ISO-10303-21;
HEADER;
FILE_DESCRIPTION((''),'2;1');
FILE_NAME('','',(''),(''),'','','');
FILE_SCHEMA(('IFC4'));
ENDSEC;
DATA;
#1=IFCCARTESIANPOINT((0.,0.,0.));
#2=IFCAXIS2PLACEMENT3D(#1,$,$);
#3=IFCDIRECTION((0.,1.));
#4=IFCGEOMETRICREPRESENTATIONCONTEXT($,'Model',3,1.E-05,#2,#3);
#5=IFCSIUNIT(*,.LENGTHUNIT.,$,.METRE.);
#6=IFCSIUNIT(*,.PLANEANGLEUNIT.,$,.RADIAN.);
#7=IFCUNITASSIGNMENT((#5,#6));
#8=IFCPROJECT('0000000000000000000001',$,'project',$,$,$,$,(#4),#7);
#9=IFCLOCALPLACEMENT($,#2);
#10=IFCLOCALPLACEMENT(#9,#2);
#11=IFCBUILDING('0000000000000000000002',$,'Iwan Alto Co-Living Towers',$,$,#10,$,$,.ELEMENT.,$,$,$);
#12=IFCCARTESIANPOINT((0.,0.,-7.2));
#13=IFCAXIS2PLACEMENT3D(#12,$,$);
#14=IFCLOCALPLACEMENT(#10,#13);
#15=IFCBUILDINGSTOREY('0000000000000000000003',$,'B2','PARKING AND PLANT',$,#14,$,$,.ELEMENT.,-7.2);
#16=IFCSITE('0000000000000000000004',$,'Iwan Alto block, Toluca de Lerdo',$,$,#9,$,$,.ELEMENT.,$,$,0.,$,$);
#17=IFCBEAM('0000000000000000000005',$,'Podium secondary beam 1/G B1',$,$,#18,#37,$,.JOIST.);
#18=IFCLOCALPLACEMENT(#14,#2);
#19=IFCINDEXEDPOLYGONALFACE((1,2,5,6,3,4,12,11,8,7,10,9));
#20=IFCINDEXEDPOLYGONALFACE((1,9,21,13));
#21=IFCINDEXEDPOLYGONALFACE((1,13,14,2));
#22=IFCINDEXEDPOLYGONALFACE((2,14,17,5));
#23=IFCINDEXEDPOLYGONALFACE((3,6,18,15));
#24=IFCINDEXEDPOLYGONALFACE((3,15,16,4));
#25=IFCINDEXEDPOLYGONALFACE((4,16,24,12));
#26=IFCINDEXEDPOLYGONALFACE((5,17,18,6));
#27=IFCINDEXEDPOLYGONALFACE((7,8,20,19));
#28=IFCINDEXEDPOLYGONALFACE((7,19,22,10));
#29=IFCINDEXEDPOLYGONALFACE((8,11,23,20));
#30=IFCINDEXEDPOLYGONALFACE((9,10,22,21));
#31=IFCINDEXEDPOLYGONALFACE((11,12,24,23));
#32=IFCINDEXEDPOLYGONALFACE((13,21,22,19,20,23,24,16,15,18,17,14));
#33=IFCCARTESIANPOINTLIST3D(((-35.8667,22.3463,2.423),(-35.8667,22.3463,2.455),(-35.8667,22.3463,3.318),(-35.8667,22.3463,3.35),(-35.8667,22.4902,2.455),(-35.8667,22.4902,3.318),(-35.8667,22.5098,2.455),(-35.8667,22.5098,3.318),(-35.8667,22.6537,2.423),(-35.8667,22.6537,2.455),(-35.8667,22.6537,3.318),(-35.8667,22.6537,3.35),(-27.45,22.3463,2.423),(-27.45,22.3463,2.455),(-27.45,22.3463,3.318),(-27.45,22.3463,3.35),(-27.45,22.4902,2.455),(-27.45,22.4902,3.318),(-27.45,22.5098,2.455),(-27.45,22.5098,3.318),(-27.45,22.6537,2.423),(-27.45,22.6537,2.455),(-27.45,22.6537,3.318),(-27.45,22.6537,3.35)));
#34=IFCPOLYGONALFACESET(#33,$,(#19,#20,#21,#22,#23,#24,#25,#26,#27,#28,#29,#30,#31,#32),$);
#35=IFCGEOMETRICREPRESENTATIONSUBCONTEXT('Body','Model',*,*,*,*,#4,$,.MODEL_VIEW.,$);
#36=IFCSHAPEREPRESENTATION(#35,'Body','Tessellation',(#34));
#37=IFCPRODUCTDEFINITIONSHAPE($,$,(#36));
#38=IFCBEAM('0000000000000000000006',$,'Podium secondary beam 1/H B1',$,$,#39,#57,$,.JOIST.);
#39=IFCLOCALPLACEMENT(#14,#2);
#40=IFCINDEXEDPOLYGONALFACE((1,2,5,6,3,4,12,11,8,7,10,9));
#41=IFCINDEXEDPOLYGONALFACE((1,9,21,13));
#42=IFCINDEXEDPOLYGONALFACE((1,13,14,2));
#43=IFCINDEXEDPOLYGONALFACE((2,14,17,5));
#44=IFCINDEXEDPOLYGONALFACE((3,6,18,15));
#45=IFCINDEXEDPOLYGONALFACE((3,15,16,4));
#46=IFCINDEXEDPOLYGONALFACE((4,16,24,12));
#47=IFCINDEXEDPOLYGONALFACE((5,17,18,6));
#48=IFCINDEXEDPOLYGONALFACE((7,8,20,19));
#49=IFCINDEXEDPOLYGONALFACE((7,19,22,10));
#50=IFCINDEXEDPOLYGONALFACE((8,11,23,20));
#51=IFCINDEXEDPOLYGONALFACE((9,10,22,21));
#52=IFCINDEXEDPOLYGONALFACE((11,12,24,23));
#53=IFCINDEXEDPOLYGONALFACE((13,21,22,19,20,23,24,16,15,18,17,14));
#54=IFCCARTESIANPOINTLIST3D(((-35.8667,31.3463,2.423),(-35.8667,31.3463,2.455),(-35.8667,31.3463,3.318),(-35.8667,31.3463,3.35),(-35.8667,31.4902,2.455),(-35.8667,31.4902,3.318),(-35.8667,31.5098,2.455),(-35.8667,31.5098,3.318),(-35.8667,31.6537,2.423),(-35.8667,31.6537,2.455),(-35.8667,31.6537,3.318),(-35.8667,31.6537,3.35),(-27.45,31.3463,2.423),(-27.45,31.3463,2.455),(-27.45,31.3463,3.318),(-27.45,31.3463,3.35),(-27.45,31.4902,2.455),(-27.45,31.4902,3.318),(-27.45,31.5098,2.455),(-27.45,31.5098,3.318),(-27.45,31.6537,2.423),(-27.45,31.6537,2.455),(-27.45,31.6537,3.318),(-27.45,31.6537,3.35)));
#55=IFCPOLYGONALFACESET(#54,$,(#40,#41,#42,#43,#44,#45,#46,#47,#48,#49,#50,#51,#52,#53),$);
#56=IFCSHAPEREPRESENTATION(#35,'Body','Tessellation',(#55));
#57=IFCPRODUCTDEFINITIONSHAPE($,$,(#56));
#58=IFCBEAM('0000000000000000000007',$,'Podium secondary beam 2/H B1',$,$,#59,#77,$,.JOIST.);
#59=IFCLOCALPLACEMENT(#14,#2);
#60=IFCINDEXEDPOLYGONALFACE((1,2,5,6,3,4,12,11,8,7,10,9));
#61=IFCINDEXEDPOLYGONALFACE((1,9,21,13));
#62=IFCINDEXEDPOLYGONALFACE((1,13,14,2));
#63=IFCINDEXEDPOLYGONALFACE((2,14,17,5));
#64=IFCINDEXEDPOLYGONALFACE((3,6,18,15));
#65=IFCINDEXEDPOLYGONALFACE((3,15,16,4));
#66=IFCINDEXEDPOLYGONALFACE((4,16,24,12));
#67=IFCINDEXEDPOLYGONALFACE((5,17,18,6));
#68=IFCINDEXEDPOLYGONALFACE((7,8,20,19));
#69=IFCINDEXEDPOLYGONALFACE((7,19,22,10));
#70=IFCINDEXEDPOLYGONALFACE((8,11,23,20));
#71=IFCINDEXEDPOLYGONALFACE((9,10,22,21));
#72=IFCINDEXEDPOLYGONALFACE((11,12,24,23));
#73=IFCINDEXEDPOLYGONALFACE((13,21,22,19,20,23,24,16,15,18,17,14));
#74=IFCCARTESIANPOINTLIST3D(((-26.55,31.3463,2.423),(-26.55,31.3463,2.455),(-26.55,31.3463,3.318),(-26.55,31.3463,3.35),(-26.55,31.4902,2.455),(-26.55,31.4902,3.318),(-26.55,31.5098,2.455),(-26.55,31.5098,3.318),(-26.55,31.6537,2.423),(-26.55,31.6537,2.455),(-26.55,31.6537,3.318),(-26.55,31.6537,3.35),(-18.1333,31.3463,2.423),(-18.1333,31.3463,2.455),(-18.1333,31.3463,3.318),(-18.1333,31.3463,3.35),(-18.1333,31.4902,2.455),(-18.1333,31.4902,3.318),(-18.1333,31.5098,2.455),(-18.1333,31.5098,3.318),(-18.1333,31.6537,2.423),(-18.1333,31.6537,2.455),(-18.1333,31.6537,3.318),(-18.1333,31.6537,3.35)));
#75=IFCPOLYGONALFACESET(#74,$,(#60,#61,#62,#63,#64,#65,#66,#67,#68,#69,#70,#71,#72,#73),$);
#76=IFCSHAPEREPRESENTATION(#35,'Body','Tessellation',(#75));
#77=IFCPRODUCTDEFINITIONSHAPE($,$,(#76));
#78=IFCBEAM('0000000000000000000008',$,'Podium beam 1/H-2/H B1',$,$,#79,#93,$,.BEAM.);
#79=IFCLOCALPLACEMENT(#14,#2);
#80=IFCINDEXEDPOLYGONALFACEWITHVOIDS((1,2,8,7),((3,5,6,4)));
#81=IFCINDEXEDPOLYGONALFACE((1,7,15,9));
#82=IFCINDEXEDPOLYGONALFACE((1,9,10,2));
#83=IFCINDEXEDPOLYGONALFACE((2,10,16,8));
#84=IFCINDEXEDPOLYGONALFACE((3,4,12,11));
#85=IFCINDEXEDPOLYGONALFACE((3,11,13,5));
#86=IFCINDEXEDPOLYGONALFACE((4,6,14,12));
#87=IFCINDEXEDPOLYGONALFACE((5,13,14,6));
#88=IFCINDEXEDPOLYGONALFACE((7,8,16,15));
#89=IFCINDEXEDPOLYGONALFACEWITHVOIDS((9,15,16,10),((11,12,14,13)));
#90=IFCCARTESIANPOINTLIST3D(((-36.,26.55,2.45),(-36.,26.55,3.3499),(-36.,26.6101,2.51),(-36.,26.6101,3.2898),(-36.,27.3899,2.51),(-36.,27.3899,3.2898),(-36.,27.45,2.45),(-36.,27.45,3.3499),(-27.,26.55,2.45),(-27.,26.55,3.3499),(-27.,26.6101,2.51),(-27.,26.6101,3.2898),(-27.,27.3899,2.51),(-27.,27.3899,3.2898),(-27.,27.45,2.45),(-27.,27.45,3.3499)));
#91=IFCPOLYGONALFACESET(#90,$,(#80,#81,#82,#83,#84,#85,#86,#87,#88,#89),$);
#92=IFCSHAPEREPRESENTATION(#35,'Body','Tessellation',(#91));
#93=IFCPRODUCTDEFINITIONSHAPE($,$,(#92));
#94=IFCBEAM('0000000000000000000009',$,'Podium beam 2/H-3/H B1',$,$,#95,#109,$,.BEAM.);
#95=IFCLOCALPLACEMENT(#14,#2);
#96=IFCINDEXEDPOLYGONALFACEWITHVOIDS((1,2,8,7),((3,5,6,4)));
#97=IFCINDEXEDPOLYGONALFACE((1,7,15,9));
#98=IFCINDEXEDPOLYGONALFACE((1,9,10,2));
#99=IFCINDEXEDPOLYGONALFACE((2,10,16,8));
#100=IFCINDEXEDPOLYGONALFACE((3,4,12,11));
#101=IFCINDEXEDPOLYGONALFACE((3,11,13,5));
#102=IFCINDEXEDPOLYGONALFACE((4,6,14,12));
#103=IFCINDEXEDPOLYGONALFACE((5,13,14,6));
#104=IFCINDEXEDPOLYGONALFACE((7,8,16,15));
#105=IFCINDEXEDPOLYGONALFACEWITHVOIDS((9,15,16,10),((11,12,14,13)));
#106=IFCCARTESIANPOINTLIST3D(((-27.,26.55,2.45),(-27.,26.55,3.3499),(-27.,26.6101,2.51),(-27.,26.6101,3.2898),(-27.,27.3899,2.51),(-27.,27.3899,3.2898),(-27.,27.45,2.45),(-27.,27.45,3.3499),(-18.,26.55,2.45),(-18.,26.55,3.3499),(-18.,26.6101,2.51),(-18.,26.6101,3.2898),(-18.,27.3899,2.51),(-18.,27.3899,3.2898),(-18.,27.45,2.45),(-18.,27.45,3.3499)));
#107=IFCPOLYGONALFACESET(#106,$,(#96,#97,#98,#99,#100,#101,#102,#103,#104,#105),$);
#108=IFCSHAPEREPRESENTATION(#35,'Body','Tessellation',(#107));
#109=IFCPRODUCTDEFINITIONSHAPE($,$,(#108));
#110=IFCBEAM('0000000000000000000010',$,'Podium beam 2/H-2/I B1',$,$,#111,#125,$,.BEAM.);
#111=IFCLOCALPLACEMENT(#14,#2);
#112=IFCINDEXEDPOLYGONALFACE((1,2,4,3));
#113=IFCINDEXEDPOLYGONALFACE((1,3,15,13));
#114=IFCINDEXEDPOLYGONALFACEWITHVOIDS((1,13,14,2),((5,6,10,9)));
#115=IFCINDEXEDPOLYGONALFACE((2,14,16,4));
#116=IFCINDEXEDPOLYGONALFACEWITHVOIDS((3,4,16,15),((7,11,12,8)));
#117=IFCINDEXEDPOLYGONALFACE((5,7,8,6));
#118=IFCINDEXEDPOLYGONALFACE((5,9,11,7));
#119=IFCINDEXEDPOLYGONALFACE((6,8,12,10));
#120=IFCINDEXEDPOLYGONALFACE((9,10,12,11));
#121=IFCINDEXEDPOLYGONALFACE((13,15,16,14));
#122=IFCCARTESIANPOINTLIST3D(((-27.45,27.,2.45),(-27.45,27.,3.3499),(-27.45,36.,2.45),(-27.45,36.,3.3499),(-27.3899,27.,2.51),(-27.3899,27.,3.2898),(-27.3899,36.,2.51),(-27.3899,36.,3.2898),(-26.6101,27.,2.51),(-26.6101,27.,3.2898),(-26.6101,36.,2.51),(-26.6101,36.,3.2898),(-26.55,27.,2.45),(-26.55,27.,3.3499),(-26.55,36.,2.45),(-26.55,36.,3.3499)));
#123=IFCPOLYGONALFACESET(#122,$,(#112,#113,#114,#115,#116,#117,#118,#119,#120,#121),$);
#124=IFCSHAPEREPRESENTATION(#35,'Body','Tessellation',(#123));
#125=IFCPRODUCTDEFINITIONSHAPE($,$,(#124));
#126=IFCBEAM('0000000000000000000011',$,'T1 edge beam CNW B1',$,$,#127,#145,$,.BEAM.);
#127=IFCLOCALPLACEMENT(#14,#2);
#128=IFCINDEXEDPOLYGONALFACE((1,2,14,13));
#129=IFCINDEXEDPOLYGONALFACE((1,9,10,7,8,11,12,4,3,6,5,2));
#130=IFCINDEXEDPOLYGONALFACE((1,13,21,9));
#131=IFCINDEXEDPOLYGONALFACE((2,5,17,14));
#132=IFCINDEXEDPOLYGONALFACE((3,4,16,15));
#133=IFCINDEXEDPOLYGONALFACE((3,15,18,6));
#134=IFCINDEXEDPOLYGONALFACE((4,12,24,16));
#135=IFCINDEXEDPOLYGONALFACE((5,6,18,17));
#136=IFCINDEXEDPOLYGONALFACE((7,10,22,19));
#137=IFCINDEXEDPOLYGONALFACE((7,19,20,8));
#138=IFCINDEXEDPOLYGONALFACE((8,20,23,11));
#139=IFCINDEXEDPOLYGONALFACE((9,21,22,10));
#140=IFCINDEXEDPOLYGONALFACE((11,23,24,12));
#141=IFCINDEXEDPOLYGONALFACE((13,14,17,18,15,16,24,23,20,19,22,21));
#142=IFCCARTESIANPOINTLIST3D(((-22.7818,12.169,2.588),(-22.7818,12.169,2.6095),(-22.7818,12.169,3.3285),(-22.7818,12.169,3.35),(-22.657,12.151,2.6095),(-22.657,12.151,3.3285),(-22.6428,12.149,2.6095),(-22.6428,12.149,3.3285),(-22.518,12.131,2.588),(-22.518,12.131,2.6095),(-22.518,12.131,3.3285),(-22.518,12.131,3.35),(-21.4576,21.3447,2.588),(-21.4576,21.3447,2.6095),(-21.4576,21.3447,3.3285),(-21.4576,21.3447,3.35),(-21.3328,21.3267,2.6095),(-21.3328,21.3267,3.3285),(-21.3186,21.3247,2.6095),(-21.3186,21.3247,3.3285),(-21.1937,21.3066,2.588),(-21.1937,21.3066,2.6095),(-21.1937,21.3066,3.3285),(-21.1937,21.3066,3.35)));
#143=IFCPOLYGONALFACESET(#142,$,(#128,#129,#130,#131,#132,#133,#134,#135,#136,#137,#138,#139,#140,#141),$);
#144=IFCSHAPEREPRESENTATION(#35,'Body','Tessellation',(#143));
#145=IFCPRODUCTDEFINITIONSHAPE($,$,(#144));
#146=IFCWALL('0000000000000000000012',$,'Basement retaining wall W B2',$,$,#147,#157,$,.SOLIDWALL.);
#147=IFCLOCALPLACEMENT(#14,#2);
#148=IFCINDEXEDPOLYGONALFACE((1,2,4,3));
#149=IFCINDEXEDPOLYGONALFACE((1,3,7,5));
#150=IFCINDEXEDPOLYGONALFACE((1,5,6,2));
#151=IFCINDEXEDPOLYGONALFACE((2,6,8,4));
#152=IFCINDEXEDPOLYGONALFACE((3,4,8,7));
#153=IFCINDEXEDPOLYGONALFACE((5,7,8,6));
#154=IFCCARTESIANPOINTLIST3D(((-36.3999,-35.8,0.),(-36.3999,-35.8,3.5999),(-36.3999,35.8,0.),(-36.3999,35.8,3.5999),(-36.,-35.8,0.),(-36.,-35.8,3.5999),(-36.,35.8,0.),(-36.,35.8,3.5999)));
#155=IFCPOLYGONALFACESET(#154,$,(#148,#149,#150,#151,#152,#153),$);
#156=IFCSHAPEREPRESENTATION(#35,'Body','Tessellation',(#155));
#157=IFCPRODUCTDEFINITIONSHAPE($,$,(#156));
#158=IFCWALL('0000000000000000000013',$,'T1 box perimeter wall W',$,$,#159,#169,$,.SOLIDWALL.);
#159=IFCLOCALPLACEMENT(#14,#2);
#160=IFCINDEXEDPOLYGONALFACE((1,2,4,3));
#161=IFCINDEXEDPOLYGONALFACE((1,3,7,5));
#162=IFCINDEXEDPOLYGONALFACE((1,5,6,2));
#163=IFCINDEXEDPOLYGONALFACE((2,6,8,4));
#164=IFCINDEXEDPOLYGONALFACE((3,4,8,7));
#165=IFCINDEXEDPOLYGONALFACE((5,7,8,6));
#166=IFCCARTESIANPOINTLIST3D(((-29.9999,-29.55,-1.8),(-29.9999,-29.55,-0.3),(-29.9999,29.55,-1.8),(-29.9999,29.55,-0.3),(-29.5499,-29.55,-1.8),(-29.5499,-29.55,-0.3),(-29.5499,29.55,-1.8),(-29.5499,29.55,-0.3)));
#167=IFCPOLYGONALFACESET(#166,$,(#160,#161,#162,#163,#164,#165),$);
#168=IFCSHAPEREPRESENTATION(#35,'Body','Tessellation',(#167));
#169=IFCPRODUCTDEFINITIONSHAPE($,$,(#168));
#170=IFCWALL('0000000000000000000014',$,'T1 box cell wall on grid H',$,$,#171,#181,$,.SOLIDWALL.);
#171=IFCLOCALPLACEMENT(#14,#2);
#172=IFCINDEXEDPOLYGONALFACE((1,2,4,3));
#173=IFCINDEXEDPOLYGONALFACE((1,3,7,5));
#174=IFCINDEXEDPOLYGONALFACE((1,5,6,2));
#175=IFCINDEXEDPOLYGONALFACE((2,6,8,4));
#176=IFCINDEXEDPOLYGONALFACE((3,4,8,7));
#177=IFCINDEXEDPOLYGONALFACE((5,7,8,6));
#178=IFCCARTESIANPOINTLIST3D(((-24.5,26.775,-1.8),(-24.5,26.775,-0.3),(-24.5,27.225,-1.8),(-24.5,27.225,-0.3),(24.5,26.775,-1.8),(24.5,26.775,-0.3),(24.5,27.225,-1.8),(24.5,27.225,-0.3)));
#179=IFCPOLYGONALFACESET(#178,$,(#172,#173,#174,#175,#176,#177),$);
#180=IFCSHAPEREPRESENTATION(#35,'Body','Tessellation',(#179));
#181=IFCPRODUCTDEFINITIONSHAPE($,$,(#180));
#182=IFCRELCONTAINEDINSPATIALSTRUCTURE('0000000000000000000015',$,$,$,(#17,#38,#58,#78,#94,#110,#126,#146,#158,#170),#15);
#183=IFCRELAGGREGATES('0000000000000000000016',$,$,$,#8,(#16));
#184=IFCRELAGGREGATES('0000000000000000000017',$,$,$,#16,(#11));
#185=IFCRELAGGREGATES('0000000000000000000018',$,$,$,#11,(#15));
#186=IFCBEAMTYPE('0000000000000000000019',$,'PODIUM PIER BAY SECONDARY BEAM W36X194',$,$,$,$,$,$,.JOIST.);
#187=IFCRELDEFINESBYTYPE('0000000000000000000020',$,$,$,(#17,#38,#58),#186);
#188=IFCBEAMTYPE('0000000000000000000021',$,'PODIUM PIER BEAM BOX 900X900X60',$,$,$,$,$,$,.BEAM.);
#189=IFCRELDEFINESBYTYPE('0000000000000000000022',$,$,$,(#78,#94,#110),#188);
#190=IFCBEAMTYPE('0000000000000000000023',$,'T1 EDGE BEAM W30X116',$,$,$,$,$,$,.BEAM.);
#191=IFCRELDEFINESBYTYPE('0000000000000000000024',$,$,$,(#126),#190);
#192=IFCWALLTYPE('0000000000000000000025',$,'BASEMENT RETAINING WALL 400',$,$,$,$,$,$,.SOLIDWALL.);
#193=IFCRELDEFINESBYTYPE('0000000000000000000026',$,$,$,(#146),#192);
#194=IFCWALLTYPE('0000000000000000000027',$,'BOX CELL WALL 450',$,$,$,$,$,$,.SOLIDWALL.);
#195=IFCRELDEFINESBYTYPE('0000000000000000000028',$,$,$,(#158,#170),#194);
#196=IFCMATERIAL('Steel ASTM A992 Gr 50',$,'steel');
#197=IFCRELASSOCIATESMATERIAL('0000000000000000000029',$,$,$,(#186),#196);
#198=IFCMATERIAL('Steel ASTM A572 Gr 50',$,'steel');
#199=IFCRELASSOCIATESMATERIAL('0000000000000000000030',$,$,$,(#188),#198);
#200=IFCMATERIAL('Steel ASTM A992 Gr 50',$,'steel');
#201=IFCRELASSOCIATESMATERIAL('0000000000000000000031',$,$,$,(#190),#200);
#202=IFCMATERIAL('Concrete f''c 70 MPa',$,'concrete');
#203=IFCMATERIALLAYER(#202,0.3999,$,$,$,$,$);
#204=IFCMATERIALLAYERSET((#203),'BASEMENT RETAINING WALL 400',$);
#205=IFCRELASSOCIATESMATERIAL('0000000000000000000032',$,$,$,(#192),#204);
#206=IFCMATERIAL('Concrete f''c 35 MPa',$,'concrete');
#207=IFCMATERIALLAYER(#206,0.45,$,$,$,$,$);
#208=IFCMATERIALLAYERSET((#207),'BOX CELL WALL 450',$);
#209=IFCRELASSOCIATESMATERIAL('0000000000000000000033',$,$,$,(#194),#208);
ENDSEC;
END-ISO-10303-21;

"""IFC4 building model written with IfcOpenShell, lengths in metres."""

from ifc_helpers import new_model, si_unit, direction, frame, frame_2d, origin, origin_2d, place, context, subcontext, project, spatial, rectangle, hollow_rectangle, i_section, extrude, material, layer, layer_set, material_profile, profile_set, type_object, element, save


model = new_model("IFC4")

# Units and contexts
model_context = context("Model", 3, precision=1e-05, world=origin(), true_north=direction((0.0, 1.0)))
body_context = subcontext(model_context, "Body", "Model", "MODEL_VIEW")
ifc_project = project(units=[si_unit("LENGTHUNIT", "METRE"), si_unit("PLANEANGLEUNIT", "RADIAN")], contexts=[model_context])

# Site, building, storey
site_placement = place(None, origin())
site = spatial("IfcSite", under=ifc_project, at=site_placement, Name="Iwan Alto block, Toluca de Lerdo", CompositionType="ELEMENT", RefElevation=0.0)
building_placement = place(site_placement, origin())
building = spatial("IfcBuilding", under=site, at=building_placement, Name="Iwan Alto Co-Living Towers", CompositionType="ELEMENT")
storey_placement = place(building_placement, frame((0.0, 0.0, -7.2)))
storey = spatial("IfcBuildingStorey", under=building, at=storey_placement, Name="B2", Description="PARKING AND PLANT", CompositionType="ELEMENT", Elevation=-7.2)

# Beams
ifc_material_1 = material(Name="Steel ASTM A992 Gr 50", Category="steel")
ifc_material_profile_1 = material_profile(ifc_material_1, i_section(OverallWidth=0.3074, OverallDepth=0.927, WebThickness=0.0195, FlangeThickness=0.032, at=origin_2d()), Name="W36X194")
ifc_profile_set_1 = profile_set([ifc_material_profile_1], Name="Steel ASTM A992 Gr 50")
beam_type_1 = type_object("IfcBeamType", Name="PODIUM PIER BAY SECONDARY BEAM W36X194", PredefinedType="JOIST", material=ifc_profile_set_1)
for number, where, z_axis, x_axis, name in (
    (1, (-35.8667, 22.5, 2.8865), (1.0, 0.0, 0.0), (0.0, 1.0, 0.0), "Podium secondary beam 1/G B1"),
    (2, (-35.8667, 31.5, 2.8865), (1.0, 0.0, 0.0), (0.0, 1.0, 0.0), "Podium secondary beam 1/H B1"),
    (3, (-26.55, 31.5, 2.8865), (1.0, 0.0, 0.0), (0.0, 1.0, 0.0), "Podium secondary beam 2/H B1"),
):
    element("IfcBeam", number, at=place(storey_placement, frame(where, z_axis=z_axis, x_axis=x_axis)), inside=storey, type_object=beam_type_1, Name=name, PredefinedType="JOIST", context=body_context, shape_type="SweptSolid", body=[
        extrude(i_section(OverallWidth=0.3074, OverallDepth=0.927, WebThickness=0.0195, FlangeThickness=0.032, at=origin_2d()), origin(), (0.0, 0.0, 1.0), 8.4167),
    ])
ifc_material_2 = material(Name="Steel ASTM A572 Gr 50", Category="steel")
ifc_material_profile_2 = material_profile(ifc_material_2, hollow_rectangle(XDim=0.8999, YDim=0.8999, WallThickness=0.0601, at=origin_2d()), Name="BOX 900X900X60")
ifc_profile_set_2 = profile_set([ifc_material_profile_2], Name="Steel ASTM A572 Gr 50")
beam_type_2 = type_object("IfcBeamType", Name="PODIUM PIER BEAM BOX 900X900X60", PredefinedType="BEAM", material=ifc_profile_set_2)
for number, where, z_axis, x_axis, name in (
    (4, (-36.0, 27.0, 2.8999), (1.0, 0.0, 0.0), (0.0, 1.0, 0.0), "Podium beam 1/H-2/H B1"),
    (5, (-27.0, 27.0, 2.8999), (1.0, 0.0, 0.0), (0.0, 1.0, 0.0), "Podium beam 2/H-3/H B1"),
    (6, (-27.0, 27.0, 2.8999), (0.0, 1.0, 0.0), (-1.0, 0.0, 0.0), "Podium beam 2/H-2/I B1"),
):
    element("IfcBeam", number, at=place(storey_placement, frame(where, z_axis=z_axis, x_axis=x_axis)), inside=storey, type_object=beam_type_2, Name=name, PredefinedType="BEAM", context=body_context, shape_type="SweptSolid", body=[
        extrude(hollow_rectangle(XDim=0.8999, YDim=0.8999, WallThickness=0.0601, at=origin_2d()), origin(), (0.0, 0.0, 1.0), 9.0),
    ])
ifc_material_3 = material(Name="Steel ASTM A992 Gr 50", Category="steel")
ifc_material_profile_3 = material_profile(ifc_material_3, i_section(OverallWidth=0.2666, OverallDepth=0.762, WebThickness=0.0144, FlangeThickness=0.0215, at=origin_2d()), Name="W30X116")
ifc_profile_set_3 = profile_set([ifc_material_profile_3], Name="Steel ASTM A992 Gr 50")
beam_type_3 = type_object("IfcBeamType", Name="T1 EDGE BEAM W30X116", PredefinedType="BEAM", material=ifc_profile_set_3)
beam_placement = place(storey_placement, frame((-21.3257, 21.3257, 2.969), z_axis=(-0.142837, -0.989746, 0.0), x_axis=(0.989746, -0.142837, 0.0)))
element("IfcBeam", 7, at=beam_placement, inside=storey, type_object=beam_type_3, Name="T1 edge beam CNW B1", PredefinedType="BEAM", context=body_context, shape_type="SweptSolid", body=[
    extrude(i_section(OverallWidth=0.2666, OverallDepth=0.762, WebThickness=0.0144, FlangeThickness=0.0215, at=origin_2d()), origin(), (0.0, 0.0, 1.0), 9.2708),
])

# Walls
ifc_material_4 = material(Name="Concrete f'c 70 MPa", Category="concrete")
ifc_layer_1 = layer(ifc_material_4, 0.3999)
ifc_layer_set_1 = layer_set([ifc_layer_1], Name="BASEMENT RETAINING WALL 400")
wall_type_1 = type_object("IfcWallType", Name="BASEMENT RETAINING WALL 400", PredefinedType="SOLIDWALL", material=ifc_layer_set_1)
wall_1_placement = place(storey_placement, frame((-36.2, 35.8, 0.0), z_axis=(0.0, 0.0, 1.0), x_axis=(0.0, -1.0, 0.0)))
element("IfcWall", 8, at=wall_1_placement, inside=storey, type_object=wall_type_1, Name="Basement retaining wall W B2", PredefinedType="SOLIDWALL", context=body_context, shape_type="SweptSolid", body=[
    extrude(rectangle(XDim=71.6001, YDim=0.3999, at=frame_2d((35.8, 0.0))), origin(), (0.0, 0.0, 1.0), 3.5999),
])
ifc_material_5 = material(Name="Concrete f'c 35 MPa", Category="concrete")
ifc_layer_2 = layer(ifc_material_5, 0.45)
ifc_layer_set_2 = layer_set([ifc_layer_2], Name="BOX CELL WALL 450")
wall_type_2 = type_object("IfcWallType", Name="BOX CELL WALL 450", PredefinedType="SOLIDWALL", material=ifc_layer_set_2)
wall_2_placement = place(storey_placement, frame((-29.7749, 29.55, -1.8), z_axis=(0.0, 0.0, 1.0), x_axis=(0.0, -1.0, 0.0)))
element("IfcWall", 9, at=wall_2_placement, inside=storey, type_object=wall_type_2, Name="T1 box perimeter wall W", PredefinedType="SOLIDWALL", context=body_context, shape_type="SweptSolid", body=[
    extrude(rectangle(XDim=59.1001, YDim=0.45, at=frame_2d((29.55, 0.0))), origin(), (0.0, 0.0, 1.0), 1.5),
])
wall_3_placement = place(storey_placement, frame((-24.5, 27.0, -1.8), z_axis=(0.0, 0.0, 1.0), x_axis=(1.0, 0.0, 0.0)))
element("IfcWall", 10, at=wall_3_placement, inside=storey, type_object=wall_type_2, Name="T1 box cell wall on grid H", PredefinedType="SOLIDWALL", context=body_context, shape_type="SweptSolid", body=[
    extrude(rectangle(XDim=49.0, YDim=0.45, at=frame_2d((24.5, 0.0))), origin(), (0.0, 0.0, 1.0), 1.5),
])

save(model, "model.ifc")
